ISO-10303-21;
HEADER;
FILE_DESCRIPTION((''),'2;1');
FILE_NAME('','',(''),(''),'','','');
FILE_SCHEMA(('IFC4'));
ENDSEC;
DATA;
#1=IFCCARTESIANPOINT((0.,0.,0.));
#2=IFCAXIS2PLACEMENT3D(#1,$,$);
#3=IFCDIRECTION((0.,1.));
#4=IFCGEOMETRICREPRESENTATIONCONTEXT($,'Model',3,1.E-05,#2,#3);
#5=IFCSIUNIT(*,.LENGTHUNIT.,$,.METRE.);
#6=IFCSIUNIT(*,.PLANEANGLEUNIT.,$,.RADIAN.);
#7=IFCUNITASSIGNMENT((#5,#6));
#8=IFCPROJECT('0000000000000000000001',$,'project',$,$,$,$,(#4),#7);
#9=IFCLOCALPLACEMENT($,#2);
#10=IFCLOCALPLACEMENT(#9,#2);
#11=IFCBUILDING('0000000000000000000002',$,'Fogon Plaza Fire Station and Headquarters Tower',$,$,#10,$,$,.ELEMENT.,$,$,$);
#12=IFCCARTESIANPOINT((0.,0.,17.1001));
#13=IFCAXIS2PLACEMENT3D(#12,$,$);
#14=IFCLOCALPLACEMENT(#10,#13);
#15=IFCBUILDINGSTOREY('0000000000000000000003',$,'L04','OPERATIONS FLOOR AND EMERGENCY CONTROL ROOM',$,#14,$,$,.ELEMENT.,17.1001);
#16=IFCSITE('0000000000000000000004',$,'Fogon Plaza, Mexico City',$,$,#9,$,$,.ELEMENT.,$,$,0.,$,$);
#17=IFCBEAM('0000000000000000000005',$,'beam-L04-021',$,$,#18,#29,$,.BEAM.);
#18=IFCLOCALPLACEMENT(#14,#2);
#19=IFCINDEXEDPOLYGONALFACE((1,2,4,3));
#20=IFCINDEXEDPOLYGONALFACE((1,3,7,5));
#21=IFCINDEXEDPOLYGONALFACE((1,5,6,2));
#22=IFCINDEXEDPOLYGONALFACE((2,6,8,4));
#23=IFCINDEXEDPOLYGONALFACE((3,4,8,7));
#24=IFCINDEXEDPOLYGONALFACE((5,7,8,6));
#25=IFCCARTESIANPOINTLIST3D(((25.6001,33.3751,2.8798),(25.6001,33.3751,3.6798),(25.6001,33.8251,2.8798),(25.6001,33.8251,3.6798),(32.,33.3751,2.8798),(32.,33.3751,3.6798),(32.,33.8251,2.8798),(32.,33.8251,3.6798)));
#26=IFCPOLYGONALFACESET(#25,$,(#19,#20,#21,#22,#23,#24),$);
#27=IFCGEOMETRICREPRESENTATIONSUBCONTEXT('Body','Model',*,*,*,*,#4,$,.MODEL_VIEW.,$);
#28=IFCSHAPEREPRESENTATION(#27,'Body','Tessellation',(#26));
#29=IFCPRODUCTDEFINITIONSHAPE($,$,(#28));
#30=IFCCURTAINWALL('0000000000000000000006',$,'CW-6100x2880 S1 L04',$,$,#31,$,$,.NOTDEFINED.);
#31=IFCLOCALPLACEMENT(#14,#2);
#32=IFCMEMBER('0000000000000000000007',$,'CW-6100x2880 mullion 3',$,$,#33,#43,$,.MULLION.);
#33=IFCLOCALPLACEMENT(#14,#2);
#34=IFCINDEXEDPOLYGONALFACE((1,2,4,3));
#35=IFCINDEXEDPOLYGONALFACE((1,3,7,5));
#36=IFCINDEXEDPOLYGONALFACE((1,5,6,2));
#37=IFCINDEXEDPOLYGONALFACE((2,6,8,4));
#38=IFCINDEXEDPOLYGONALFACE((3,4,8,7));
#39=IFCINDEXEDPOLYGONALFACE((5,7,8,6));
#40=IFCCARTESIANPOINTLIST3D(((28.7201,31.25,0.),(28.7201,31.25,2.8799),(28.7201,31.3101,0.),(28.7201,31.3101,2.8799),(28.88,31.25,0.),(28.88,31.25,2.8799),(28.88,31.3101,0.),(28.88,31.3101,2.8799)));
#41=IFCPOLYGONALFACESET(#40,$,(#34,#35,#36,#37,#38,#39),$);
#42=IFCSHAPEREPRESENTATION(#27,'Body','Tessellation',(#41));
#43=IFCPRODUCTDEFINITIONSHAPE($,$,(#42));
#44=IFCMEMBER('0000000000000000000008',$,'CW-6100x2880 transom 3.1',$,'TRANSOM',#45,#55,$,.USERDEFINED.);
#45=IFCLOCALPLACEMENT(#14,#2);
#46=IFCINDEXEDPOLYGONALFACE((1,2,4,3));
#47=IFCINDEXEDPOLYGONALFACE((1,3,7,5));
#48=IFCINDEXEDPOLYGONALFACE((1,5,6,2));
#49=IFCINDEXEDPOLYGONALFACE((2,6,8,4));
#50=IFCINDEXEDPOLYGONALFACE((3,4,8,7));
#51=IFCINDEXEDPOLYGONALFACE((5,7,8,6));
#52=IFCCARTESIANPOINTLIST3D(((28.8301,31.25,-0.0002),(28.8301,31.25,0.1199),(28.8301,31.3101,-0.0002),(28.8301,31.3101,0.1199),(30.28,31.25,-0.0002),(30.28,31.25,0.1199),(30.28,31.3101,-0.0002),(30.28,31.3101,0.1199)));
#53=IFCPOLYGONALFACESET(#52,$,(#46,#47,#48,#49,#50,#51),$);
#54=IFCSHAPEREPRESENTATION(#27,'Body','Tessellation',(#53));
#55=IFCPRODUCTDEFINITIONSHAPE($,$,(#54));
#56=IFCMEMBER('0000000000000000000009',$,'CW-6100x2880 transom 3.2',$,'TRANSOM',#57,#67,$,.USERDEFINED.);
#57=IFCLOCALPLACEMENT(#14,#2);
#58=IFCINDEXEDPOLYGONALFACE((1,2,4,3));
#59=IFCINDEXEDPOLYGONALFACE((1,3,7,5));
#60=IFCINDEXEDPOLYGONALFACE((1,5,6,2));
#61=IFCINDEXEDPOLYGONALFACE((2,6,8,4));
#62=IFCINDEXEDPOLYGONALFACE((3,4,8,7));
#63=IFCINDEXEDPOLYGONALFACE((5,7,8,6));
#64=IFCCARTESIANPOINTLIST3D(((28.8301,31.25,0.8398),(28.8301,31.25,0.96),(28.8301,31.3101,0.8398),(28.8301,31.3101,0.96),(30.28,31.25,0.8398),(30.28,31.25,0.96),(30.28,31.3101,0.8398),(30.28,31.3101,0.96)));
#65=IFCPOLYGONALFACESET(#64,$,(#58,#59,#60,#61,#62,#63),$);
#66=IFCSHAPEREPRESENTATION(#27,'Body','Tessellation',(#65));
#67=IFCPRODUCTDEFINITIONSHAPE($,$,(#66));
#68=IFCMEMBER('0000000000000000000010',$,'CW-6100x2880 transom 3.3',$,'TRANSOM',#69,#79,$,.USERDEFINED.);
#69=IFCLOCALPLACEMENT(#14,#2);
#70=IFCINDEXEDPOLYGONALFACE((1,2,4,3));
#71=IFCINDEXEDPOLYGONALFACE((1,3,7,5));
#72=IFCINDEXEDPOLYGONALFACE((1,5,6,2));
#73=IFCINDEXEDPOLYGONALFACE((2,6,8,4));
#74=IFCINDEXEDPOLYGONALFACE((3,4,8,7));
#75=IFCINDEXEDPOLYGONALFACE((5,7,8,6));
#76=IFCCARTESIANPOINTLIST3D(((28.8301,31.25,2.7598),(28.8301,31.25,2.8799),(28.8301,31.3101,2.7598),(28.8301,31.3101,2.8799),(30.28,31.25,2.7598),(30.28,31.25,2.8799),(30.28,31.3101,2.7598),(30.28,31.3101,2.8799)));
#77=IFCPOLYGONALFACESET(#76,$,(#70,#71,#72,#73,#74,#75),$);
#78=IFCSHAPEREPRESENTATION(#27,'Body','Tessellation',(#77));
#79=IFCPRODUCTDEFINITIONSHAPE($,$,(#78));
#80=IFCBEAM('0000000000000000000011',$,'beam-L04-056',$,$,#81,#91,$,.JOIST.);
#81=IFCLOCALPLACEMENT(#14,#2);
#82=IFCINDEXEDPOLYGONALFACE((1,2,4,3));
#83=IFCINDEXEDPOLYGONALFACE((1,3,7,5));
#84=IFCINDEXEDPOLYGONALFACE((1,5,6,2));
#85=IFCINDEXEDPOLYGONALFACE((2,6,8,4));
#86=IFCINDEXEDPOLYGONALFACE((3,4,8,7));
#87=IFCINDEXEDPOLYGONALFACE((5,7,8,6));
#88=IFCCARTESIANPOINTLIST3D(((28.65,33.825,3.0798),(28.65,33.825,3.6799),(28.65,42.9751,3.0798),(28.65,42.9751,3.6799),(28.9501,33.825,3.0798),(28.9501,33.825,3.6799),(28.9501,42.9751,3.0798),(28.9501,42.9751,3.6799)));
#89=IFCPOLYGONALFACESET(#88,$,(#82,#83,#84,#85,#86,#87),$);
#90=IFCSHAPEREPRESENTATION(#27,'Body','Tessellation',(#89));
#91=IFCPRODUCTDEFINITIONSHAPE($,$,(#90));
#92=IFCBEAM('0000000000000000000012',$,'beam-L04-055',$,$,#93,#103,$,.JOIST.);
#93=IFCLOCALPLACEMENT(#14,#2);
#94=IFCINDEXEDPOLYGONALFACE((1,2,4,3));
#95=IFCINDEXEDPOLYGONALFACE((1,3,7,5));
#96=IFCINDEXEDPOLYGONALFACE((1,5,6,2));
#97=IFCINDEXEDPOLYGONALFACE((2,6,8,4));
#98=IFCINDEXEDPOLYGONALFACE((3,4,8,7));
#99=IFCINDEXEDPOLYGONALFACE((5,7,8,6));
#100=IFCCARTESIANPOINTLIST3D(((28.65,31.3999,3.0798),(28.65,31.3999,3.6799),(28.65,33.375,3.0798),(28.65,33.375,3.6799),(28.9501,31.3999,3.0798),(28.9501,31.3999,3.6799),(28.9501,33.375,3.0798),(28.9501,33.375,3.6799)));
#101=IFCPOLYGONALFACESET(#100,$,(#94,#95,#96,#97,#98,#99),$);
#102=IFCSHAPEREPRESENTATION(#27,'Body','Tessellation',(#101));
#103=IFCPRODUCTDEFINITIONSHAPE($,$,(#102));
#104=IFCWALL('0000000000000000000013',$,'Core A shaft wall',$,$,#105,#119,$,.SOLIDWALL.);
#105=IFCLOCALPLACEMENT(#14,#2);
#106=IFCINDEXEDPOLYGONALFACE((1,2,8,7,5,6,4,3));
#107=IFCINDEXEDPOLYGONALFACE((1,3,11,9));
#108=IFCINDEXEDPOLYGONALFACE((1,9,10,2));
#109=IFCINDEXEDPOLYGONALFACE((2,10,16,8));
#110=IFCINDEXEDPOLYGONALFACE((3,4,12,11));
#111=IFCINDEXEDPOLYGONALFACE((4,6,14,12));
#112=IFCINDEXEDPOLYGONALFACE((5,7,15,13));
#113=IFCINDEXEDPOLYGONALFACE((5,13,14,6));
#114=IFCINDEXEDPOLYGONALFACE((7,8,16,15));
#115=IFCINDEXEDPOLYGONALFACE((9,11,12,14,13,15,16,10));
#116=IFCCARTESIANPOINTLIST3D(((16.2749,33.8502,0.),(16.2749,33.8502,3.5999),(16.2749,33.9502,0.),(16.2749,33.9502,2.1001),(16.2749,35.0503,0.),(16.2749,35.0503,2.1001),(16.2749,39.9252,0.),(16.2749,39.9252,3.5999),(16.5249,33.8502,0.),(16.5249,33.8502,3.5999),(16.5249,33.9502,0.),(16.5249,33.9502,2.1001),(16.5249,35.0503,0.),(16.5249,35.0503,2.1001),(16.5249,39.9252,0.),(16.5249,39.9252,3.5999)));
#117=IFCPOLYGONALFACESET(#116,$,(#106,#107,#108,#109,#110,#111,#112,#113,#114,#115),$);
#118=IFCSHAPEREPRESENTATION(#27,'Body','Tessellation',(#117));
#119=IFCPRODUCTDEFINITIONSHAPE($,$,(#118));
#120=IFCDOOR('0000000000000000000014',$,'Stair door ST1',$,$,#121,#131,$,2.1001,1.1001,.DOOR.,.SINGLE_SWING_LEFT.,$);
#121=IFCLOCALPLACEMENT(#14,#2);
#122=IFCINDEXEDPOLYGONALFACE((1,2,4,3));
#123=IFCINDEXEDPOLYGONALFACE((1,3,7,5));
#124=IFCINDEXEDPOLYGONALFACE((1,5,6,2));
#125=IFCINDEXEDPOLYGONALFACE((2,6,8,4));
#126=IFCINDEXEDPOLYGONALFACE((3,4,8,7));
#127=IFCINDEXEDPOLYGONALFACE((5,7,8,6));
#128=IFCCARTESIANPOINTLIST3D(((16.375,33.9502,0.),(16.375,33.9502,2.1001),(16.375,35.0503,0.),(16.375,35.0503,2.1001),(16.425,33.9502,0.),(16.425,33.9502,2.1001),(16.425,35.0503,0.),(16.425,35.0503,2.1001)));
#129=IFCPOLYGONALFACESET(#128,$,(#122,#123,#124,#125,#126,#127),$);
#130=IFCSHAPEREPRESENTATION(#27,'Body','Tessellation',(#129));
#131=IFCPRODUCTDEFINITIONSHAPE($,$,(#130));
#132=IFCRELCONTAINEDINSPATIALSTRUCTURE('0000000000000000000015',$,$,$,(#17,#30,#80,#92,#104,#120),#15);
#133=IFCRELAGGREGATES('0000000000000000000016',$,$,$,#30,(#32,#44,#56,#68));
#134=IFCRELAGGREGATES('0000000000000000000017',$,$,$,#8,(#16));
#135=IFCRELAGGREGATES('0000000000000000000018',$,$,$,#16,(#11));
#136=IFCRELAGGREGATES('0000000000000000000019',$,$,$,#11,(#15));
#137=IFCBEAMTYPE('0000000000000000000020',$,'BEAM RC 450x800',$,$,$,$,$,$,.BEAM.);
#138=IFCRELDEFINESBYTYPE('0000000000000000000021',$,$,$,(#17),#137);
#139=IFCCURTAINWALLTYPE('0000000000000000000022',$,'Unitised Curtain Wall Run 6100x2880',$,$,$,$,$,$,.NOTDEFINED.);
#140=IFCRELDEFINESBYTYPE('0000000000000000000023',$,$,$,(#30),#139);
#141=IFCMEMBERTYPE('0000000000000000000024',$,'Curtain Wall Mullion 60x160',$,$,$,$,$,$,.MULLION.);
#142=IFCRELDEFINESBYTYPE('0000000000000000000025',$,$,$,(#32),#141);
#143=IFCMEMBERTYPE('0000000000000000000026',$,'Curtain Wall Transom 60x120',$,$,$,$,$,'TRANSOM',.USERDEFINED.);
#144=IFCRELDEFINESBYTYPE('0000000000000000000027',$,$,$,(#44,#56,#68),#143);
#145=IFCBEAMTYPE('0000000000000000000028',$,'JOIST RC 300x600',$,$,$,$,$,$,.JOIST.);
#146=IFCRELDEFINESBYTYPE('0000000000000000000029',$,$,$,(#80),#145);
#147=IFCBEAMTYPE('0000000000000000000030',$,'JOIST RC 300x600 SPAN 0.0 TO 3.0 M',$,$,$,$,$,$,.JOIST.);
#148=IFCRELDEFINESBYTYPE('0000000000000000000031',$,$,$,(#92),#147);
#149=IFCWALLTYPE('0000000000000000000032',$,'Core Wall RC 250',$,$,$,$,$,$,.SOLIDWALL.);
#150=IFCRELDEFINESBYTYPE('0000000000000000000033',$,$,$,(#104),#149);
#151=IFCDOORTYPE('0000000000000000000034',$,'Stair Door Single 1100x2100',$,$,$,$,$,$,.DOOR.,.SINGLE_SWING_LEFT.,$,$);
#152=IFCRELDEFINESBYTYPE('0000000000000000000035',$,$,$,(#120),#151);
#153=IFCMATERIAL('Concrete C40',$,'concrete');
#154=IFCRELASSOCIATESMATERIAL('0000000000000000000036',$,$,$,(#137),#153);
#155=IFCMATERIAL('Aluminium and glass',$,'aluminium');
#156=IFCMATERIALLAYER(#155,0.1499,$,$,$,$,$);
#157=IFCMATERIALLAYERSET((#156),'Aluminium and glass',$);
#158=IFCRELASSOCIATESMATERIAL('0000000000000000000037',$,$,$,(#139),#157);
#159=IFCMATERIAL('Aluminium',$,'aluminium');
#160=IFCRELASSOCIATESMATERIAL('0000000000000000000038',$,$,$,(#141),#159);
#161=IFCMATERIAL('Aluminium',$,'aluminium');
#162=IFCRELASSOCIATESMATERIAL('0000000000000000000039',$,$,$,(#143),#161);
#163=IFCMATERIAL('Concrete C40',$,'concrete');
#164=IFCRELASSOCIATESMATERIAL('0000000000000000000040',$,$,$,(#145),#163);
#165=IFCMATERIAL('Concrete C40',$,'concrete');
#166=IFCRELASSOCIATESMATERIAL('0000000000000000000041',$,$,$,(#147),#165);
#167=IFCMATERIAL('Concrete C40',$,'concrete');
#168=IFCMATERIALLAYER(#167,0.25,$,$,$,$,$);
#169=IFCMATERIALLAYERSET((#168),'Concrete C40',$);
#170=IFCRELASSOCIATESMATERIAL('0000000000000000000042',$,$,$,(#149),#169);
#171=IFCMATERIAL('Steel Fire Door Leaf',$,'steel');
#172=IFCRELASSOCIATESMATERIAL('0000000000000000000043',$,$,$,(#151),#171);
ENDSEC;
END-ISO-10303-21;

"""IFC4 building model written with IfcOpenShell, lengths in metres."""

from ifc_helpers import new_model, si_unit, direction, frame, frame_2d, origin, origin_2d, place, context, subcontext, project, spatial, rectangle, extrude, material, layer, layer_set, material_profile, profile_set, type_object, element, fill, aggregate, save


model = new_model("IFC4")

# Units and contexts
model_context = context("Model", 3, precision=1e-05, world=origin(), true_north=direction((0.0, 1.0)))
body_context = subcontext(model_context, "Body", "Model", "MODEL_VIEW")
ifc_project = project(units=[si_unit("LENGTHUNIT", "METRE"), si_unit("PLANEANGLEUNIT", "RADIAN")], contexts=[model_context])

# Site, building, storey
site_placement = place(None, origin())
site = spatial("IfcSite", under=ifc_project, at=site_placement, Name="Fogon Plaza, Mexico City", CompositionType="ELEMENT", RefElevation=0.0)
building_placement = place(site_placement, origin())
building = spatial("IfcBuilding", under=site, at=building_placement, Name="Fogon Plaza Fire Station and Headquarters Tower", CompositionType="ELEMENT")
storey_placement = place(building_placement, frame((0.0, 0.0, 17.1001)))
storey = spatial("IfcBuildingStorey", under=building, at=storey_placement, Name="L04", Description="OPERATIONS FLOOR AND EMERGENCY CONTROL ROOM", CompositionType="ELEMENT", Elevation=17.1001)

# Beam
ifc_material_1 = material(Name="Concrete C40", Category="concrete")
ifc_material_profile_1 = material_profile(ifc_material_1, rectangle(XDim=0.45, YDim=0.8, at=origin_2d()), Name="RC 450x800")
ifc_profile_set_1 = profile_set([ifc_material_profile_1], Name="Concrete C40")
beam_type_1 = type_object("IfcBeamType", Name="BEAM RC 450x800", PredefinedType="BEAM", material=ifc_profile_set_1)
beam_1_placement = place(storey_placement, frame((25.6001, 33.6001, 3.2798), z_axis=(1.0, 0.0, 0.0), x_axis=(0.0, 1.0, 0.0)))
element("IfcBeam", 1, at=beam_1_placement, inside=storey, type_object=beam_type_1, Name="beam-L04-021", PredefinedType="BEAM", context=body_context, shape_type="SweptSolid", body=[
    extrude(rectangle(XDim=0.45, YDim=0.8, at=origin_2d()), origin(), (0.0, 0.0, 1.0), 6.3999),
])

# Curtain wall, members
ifc_material_2 = material(Name="Aluminium and glass", Category="aluminium")
ifc_layer_1 = layer(ifc_material_2, 0.1499)
ifc_layer_set_1 = layer_set([ifc_layer_1], Name="Aluminium and glass")
curtain_wall_type = type_object("IfcCurtainWallType", Name="Unitised Curtain Wall Run 6100x2880", PredefinedType="NOTDEFINED", material=ifc_layer_set_1)
curtain_wall_placement = place(storey_placement, origin())
curtain_wall = element("IfcCurtainWall", 2, at=curtain_wall_placement, inside=storey, type_object=curtain_wall_type, Name="CW-6100x2880 S1 L04", PredefinedType="NOTDEFINED")
ifc_material_3 = material(Name="Aluminium", Category="aluminium")
ifc_material_profile_2 = material_profile(ifc_material_3, rectangle(XDim=0.0601, YDim=0.1599, at=origin_2d()), Name="Curtain Wall Mullion 60x160")
ifc_profile_set_2 = profile_set([ifc_material_profile_2], Name="Aluminium")
member_type_1 = type_object("IfcMemberType", Name="Curtain Wall Mullion 60x160", PredefinedType="MULLION", material=ifc_profile_set_2)
member_1_placement = place(storey_placement, frame((28.8, 31.28, 0.0), z_axis=(0.0, 0.0, 1.0), x_axis=(0.0, 1.0, 0.0)))
member_1 = element("IfcMember", 3, at=member_1_placement, type_object=member_type_1, Name="CW-6100x2880 mullion 3", PredefinedType="MULLION", context=body_context, shape_type="SweptSolid", body=[
    extrude(rectangle(XDim=0.0601, YDim=0.1599, at=origin_2d()), origin(), (0.0, 0.0, 1.0), 2.8799),
])
ifc_material_4 = material(Name="Aluminium", Category="aluminium")
ifc_material_profile_3 = material_profile(ifc_material_4, rectangle(XDim=0.0601, YDim=0.1201, at=origin_2d()), Name="Curtain Wall Transom 60x120")
ifc_profile_set_3 = profile_set([ifc_material_profile_3], Name="Aluminium")
member_type_2 = type_object("IfcMemberType", Name="Curtain Wall Transom 60x120", ElementType="TRANSOM", PredefinedType="USERDEFINED", material=ifc_profile_set_3)
member_2_placement = place(storey_placement, frame((28.8301, 31.28, 0.0598), z_axis=(1.0, 0.0, 0.0), x_axis=(0.0, 1.0, 0.0)))
member_2 = element("IfcMember", 4, at=member_2_placement, type_object=member_type_2, Name="CW-6100x2880 transom 3.1", ObjectType="TRANSOM", PredefinedType="USERDEFINED", context=body_context, shape_type="SweptSolid", body=[
    extrude(rectangle(XDim=0.0601, YDim=0.1201, at=origin_2d()), origin(), (0.0, 0.0, 1.0), 1.45),
])
member_3_placement = place(storey_placement, frame((28.8301, 31.28, 0.8999), z_axis=(1.0, 0.0, 0.0), x_axis=(0.0, 1.0, 0.0)))
member_3 = element("IfcMember", 5, at=member_3_placement, type_object=member_type_2, Name="CW-6100x2880 transom 3.2", ObjectType="TRANSOM", PredefinedType="USERDEFINED", context=body_context, shape_type="SweptSolid", body=[
    extrude(rectangle(XDim=0.0601, YDim=0.1201, at=origin_2d()), origin(), (0.0, 0.0, 1.0), 1.45),
])
member_4_placement = place(storey_placement, frame((28.8301, 31.28, 2.8198), z_axis=(1.0, 0.0, 0.0), x_axis=(0.0, 1.0, 0.0)))
member_4 = element("IfcMember", 6, at=member_4_placement, type_object=member_type_2, Name="CW-6100x2880 transom 3.3", ObjectType="TRANSOM", PredefinedType="USERDEFINED", context=body_context, shape_type="SweptSolid", body=[
    extrude(rectangle(XDim=0.0601, YDim=0.1201, at=origin_2d()), origin(), (0.0, 0.0, 1.0), 1.45),
])
aggregate(curtain_wall, [member_1, member_2, member_3, member_4])

# Beams
ifc_material_5 = material(Name="Concrete C40", Category="concrete")
ifc_material_profile_4 = material_profile(ifc_material_5, rectangle(XDim=0.3, YDim=0.6001, at=origin_2d()), Name="RC 300x600")
ifc_profile_set_4 = profile_set([ifc_material_profile_4], Name="Concrete C40")
beam_type_2 = type_object("IfcBeamType", Name="JOIST RC 300x600", PredefinedType="JOIST", material=ifc_profile_set_4)
beam_2_placement = place(storey_placement, frame((28.8, 33.825, 3.3799), z_axis=(0.0, 1.0, 0.0), x_axis=(-1.0, 0.0, 0.0)))
element("IfcBeam", 7, at=beam_2_placement, inside=storey, type_object=beam_type_2, Name="beam-L04-056", PredefinedType="JOIST", context=body_context, shape_type="SweptSolid", body=[
    extrude(rectangle(XDim=0.3, YDim=0.6001, at=origin_2d()), origin(), (0.0, 0.0, 1.0), 9.1501),
])
ifc_material_6 = material(Name="Concrete C40", Category="concrete")
ifc_material_profile_5 = material_profile(ifc_material_6, rectangle(XDim=0.3, YDim=0.6001, at=origin_2d()), Name="RC 300x600")
ifc_profile_set_5 = profile_set([ifc_material_profile_5], Name="Concrete C40")
beam_type_3 = type_object("IfcBeamType", Name="JOIST RC 300x600 SPAN 0.0 TO 3.0 M", PredefinedType="JOIST", material=ifc_profile_set_5)
beam_3_placement = place(storey_placement, frame((28.8, 31.3999, 3.3799), z_axis=(0.0, 1.0, 0.0), x_axis=(-1.0, 0.0, 0.0)))
element("IfcBeam", 8, at=beam_3_placement, inside=storey, type_object=beam_type_3, Name="beam-L04-055", PredefinedType="JOIST", context=body_context, shape_type="SweptSolid", body=[
    extrude(rectangle(XDim=0.3, YDim=0.6001, at=origin_2d()), origin(), (0.0, 0.0, 1.0), 1.9751),
])

# Wall, opening, door
ifc_material_7 = material(Name="Concrete C40", Category="concrete")
ifc_layer_2 = layer(ifc_material_7, 0.25)
ifc_layer_set_2 = layer_set([ifc_layer_2], Name="Concrete C40")
wall_type_1 = type_object("IfcWallType", Name="Core Wall RC 250", PredefinedType="SOLIDWALL", material=ifc_layer_set_2)
wall_1_placement = place(storey_placement, frame((16.3999, 33.8501, 0.0), z_axis=(0.0, 0.0, 1.0), x_axis=(0.0, 1.0, 0.0)))
wall_1 = element("IfcWall", 9, at=wall_1_placement, inside=storey, type_object=wall_type_1, Name="Core A shaft wall", PredefinedType="SOLIDWALL", context=body_context, shape_type="SweptSolid", body=[
    extrude(rectangle(XDim=6.075, YDim=0.25, at=frame_2d((3.0376, 0.0))), origin(), (0.0, 0.0, 1.0), 3.5999),
])
opening_1_placement = place(wall_1_placement, frame((0.1001, 0.0, 0.0)))
opening_1 = element("IfcOpeningElement", 10, at=opening_1_placement, cuts=wall_1, PredefinedType="OPENING", context=body_context, shape_type="SweptSolid", body=[
    extrude(rectangle(XDim=1.1001, YDim=2.1001, at=frame_2d((0.55, 1.05))), frame((0.0, 0.135, 0.0), z_axis=(0.0, -1.0, 0.0), x_axis=(1.0, 0.0, 0.0)), (0.0, 0.0, 1.0), 0.27),
])
ifc_material_8 = material(Name="Steel Fire Door Leaf", Category="steel")
door_type_1 = type_object("IfcDoorType", Name="Stair Door Single 1100x2100", OperationType="SINGLE_SWING_LEFT", PredefinedType="DOOR", material=ifc_material_8)
door_1_placement = place(opening_1_placement, origin())
door_1 = element("IfcDoor", 11, at=door_1_placement, inside=storey, type_object=door_type_1, Name="Stair door ST1", OperationType="SINGLE_SWING_LEFT", OverallHeight=2.1001, OverallWidth=1.1001, PredefinedType="DOOR", context=body_context, shape_type="SweptSolid", body=[
    extrude(rectangle(XDim=1.1001, YDim=2.1001, at=frame_2d((0.55, 1.05))), frame((0.0, 0.0249, 0.0), z_axis=(0.0, -1.0, 0.0), x_axis=(1.0, 0.0, 0.0)), (0.0, 0.0, 1.0), 0.05),
])
fill(opening_1, door_1)

save(model, "model.ifc")
